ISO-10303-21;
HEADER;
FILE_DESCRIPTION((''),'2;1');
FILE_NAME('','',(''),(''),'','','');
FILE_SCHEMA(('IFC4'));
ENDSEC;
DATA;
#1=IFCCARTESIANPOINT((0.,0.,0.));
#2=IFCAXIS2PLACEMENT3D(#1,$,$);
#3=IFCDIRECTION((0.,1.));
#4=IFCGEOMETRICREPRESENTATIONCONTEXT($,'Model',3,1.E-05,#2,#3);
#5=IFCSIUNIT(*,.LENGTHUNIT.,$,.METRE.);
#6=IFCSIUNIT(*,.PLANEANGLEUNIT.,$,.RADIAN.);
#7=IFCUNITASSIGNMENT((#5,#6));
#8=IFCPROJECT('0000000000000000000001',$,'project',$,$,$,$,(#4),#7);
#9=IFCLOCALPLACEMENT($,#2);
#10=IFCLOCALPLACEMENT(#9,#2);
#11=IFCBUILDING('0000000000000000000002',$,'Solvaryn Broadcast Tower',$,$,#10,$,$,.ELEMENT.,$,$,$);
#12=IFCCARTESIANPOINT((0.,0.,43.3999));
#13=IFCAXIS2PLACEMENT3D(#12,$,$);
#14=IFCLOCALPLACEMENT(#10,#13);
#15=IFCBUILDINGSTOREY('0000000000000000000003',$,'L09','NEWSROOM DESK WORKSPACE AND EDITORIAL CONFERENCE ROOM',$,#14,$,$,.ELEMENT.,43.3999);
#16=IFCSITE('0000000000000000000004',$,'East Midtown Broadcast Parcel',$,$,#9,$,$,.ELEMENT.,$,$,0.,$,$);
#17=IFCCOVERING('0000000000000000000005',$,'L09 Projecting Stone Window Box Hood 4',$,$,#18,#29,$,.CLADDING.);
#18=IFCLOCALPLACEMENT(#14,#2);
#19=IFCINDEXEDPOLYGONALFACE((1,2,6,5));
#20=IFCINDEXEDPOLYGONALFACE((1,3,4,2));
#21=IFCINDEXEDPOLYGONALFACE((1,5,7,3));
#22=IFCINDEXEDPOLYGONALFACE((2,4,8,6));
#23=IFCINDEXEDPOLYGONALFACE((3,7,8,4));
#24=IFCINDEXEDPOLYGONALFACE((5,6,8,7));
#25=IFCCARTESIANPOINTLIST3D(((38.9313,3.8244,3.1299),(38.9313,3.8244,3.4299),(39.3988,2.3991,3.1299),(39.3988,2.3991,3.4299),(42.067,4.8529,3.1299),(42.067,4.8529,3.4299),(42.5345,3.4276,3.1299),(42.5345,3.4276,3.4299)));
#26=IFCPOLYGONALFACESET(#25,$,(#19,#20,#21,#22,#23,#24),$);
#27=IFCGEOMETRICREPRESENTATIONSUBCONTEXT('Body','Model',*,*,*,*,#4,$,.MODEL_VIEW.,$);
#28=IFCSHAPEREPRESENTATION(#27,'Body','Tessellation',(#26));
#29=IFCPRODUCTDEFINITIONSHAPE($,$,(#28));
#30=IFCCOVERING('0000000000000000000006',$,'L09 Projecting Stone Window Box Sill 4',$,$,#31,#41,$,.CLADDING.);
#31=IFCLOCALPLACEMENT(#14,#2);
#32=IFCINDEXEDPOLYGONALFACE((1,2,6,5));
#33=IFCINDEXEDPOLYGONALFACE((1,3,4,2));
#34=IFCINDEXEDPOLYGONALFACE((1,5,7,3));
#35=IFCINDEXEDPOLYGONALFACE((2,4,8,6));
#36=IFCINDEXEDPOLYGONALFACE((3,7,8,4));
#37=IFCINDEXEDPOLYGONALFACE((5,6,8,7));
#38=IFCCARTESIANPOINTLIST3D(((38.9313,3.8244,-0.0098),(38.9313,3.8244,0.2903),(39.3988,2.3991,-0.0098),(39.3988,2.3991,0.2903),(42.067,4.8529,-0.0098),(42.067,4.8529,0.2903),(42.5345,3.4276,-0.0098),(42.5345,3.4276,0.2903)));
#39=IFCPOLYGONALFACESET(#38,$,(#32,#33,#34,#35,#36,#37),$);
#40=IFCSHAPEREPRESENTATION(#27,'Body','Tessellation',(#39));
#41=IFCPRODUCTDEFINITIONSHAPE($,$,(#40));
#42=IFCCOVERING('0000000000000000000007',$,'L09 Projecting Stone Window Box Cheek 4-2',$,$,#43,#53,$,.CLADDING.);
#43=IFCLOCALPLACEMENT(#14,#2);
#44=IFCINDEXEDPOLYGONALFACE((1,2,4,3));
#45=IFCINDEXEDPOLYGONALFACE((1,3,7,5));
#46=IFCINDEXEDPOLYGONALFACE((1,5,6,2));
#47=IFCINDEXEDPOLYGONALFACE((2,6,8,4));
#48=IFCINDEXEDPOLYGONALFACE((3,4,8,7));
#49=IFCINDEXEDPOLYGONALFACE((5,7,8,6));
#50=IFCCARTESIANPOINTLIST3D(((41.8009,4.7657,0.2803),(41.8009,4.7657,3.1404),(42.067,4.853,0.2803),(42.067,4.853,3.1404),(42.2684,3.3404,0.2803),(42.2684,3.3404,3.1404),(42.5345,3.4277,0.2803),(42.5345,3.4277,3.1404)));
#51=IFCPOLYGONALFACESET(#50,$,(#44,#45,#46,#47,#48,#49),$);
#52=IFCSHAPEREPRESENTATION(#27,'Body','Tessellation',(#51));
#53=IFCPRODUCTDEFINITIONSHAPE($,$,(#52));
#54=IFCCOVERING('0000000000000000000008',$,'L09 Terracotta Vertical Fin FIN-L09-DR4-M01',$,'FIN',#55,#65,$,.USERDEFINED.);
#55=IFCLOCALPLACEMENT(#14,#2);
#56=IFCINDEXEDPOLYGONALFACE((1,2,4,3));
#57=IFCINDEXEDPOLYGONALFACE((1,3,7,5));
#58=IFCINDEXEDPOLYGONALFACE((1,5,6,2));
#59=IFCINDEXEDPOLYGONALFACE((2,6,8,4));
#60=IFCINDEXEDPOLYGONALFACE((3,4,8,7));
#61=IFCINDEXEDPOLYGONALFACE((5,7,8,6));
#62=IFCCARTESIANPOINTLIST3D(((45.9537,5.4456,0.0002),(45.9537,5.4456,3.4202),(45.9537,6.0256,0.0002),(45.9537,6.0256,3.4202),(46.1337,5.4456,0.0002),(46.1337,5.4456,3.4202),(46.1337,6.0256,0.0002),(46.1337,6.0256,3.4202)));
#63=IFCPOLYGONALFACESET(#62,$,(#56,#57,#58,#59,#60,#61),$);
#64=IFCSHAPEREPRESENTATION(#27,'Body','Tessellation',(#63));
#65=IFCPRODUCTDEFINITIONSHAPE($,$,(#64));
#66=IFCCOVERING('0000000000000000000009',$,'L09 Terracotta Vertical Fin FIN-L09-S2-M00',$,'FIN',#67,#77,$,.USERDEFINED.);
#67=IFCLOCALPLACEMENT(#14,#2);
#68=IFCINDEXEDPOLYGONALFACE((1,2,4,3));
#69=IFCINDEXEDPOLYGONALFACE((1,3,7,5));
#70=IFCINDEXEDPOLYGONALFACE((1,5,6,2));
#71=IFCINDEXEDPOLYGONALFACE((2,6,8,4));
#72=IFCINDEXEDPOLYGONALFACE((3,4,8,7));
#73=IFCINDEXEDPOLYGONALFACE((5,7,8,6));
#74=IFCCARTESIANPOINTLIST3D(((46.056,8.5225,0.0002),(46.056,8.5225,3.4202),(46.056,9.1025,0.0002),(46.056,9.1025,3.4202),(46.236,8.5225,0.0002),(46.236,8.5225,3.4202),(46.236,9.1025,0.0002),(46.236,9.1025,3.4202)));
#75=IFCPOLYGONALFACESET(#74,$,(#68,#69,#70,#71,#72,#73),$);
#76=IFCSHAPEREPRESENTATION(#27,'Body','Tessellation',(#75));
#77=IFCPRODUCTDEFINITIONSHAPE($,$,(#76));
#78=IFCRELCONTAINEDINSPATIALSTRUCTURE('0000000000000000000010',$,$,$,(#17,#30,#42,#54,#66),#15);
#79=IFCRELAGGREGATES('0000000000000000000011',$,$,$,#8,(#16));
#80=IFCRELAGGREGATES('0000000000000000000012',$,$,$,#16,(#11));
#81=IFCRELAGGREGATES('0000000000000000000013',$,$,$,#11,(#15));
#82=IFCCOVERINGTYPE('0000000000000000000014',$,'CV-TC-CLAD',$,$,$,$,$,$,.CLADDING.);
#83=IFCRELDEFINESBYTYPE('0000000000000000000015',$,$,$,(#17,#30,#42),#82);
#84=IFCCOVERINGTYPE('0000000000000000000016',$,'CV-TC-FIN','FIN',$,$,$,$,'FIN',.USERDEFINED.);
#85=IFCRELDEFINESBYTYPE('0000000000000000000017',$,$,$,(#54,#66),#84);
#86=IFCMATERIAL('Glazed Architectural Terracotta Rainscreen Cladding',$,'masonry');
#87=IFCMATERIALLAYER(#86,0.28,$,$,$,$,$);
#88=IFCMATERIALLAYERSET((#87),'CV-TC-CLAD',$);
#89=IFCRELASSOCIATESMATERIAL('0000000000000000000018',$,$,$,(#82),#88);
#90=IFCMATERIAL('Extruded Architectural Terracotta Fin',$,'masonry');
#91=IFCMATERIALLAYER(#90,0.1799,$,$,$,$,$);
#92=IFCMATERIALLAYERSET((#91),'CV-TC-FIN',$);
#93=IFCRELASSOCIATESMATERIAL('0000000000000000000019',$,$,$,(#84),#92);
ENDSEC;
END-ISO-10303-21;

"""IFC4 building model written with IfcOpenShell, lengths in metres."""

from ifc_helpers import new_model, si_unit, direction, frame, origin, origin_2d, place, context, subcontext, project, spatial, rectangle, extrude, material, layer, layer_set, type_object, element, save


model = new_model("IFC4")

# Units and contexts
model_context = context("Model", 3, precision=1e-05, world=origin(), true_north=direction((0.0, 1.0)))
body_context = subcontext(model_context, "Body", "Model", "MODEL_VIEW")
ifc_project = project(units=[si_unit("LENGTHUNIT", "METRE"), si_unit("PLANEANGLEUNIT", "RADIAN")], contexts=[model_context])

# Site, building, storey
site_placement = place(None, origin())
site = spatial("IfcSite", under=ifc_project, at=site_placement, Name="East Midtown Broadcast Parcel", CompositionType="ELEMENT", RefElevation=0.0)
building_placement = place(site_placement, origin())
building = spatial("IfcBuilding", under=site, at=building_placement, Name="Solvaryn Broadcast Tower", CompositionType="ELEMENT")
storey_placement = place(building_placement, frame((0.0, 0.0, 43.3999)))
storey = spatial("IfcBuildingStorey", under=building, at=storey_placement, Name="L09", Description="NEWSROOM DESK WORKSPACE AND EDITORIAL CONFERENCE ROOM", CompositionType="ELEMENT", Elevation=43.3999)

# Coverings
ifc_material_1 = material(Name="Glazed Architectural Terracotta Rainscreen Cladding", Category="masonry")
ifc_layer_1 = layer(ifc_material_1, 0.28)
ifc_layer_set_1 = layer_set([ifc_layer_1], Name="CV-TC-CLAD")
covering_type_1 = type_object("IfcCoveringType", Name="CV-TC-CLAD", PredefinedType="CLADDING", material=ifc_layer_set_1)
for number, where, z_axis, x_axis, name in (
    (1, (40.7329, 3.626, 3.1299), (0.0, 0.0, 1.0), (0.95019, 0.311672, 0.0), "L09 Projecting Stone Window Box Hood 4"),
    (2, (40.7329, 3.626, -0.0098), (0.0, 0.0, 1.0), (0.95019, 0.311672, 0.0), "L09 Projecting Stone Window Box Sill 4"),
):
    element("IfcCovering", number, at=place(storey_placement, frame(where, z_axis=z_axis, x_axis=x_axis)), inside=storey, type_object=covering_type_1, Name=name, PredefinedType="CLADDING", context=body_context, shape_type="SweptSolid", body=[
        extrude(rectangle(XDim=3.3, YDim=1.5, at=origin_2d()), origin(), (0.0, 0.0, 1.0), 0.3),
    ])
covering_placement = place(storey_placement, frame((42.1677, 4.0967, 0.2803), z_axis=(0.0, 0.0, 1.0), x_axis=(0.95019, 0.311672, 0.0)))
element("IfcCovering", 3, at=covering_placement, inside=storey, type_object=covering_type_1, Name="L09 Projecting Stone Window Box Cheek 4-2", PredefinedType="CLADDING", context=body_context, shape_type="SweptSolid", body=[
    extrude(rectangle(XDim=0.28, YDim=1.5, at=origin_2d()), origin(), (0.0, 0.0, 1.0), 2.8601),
])
ifc_material_2 = material(Name="Extruded Architectural Terracotta Fin", Category="masonry")
ifc_layer_2 = layer(ifc_material_2, 0.1799)
ifc_layer_set_2 = layer_set([ifc_layer_2], Name="CV-TC-FIN")
covering_type_2 = type_object("IfcCoveringType", Name="CV-TC-FIN", Description="FIN", ElementType="FIN", PredefinedType="USERDEFINED", material=ifc_layer_set_2)
for number, where, z_axis, x_axis, name in (
    (4, (46.0437, 5.7356, 0.0002), (0.0, 0.0, 1.0), (1.0, 0.0, 0.0), "L09 Terracotta Vertical Fin FIN-L09-DR4-M01"),
    (5, (46.146, 8.8125, 0.0002), (0.0, 0.0, 1.0), (1.0, 0.0, 0.0), "L09 Terracotta Vertical Fin FIN-L09-S2-M00"),
):
    element("IfcCovering", number, at=place(storey_placement, frame(where, z_axis=z_axis, x_axis=x_axis)), inside=storey, type_object=covering_type_2, Name=name, ObjectType="FIN", PredefinedType="USERDEFINED", context=body_context, shape_type="SweptSolid", body=[
        extrude(rectangle(XDim=0.1799, YDim=0.5801, at=origin_2d()), origin(), (0.0, 0.0, 1.0), 3.4199),
    ])

save(model, "model.ifc")
